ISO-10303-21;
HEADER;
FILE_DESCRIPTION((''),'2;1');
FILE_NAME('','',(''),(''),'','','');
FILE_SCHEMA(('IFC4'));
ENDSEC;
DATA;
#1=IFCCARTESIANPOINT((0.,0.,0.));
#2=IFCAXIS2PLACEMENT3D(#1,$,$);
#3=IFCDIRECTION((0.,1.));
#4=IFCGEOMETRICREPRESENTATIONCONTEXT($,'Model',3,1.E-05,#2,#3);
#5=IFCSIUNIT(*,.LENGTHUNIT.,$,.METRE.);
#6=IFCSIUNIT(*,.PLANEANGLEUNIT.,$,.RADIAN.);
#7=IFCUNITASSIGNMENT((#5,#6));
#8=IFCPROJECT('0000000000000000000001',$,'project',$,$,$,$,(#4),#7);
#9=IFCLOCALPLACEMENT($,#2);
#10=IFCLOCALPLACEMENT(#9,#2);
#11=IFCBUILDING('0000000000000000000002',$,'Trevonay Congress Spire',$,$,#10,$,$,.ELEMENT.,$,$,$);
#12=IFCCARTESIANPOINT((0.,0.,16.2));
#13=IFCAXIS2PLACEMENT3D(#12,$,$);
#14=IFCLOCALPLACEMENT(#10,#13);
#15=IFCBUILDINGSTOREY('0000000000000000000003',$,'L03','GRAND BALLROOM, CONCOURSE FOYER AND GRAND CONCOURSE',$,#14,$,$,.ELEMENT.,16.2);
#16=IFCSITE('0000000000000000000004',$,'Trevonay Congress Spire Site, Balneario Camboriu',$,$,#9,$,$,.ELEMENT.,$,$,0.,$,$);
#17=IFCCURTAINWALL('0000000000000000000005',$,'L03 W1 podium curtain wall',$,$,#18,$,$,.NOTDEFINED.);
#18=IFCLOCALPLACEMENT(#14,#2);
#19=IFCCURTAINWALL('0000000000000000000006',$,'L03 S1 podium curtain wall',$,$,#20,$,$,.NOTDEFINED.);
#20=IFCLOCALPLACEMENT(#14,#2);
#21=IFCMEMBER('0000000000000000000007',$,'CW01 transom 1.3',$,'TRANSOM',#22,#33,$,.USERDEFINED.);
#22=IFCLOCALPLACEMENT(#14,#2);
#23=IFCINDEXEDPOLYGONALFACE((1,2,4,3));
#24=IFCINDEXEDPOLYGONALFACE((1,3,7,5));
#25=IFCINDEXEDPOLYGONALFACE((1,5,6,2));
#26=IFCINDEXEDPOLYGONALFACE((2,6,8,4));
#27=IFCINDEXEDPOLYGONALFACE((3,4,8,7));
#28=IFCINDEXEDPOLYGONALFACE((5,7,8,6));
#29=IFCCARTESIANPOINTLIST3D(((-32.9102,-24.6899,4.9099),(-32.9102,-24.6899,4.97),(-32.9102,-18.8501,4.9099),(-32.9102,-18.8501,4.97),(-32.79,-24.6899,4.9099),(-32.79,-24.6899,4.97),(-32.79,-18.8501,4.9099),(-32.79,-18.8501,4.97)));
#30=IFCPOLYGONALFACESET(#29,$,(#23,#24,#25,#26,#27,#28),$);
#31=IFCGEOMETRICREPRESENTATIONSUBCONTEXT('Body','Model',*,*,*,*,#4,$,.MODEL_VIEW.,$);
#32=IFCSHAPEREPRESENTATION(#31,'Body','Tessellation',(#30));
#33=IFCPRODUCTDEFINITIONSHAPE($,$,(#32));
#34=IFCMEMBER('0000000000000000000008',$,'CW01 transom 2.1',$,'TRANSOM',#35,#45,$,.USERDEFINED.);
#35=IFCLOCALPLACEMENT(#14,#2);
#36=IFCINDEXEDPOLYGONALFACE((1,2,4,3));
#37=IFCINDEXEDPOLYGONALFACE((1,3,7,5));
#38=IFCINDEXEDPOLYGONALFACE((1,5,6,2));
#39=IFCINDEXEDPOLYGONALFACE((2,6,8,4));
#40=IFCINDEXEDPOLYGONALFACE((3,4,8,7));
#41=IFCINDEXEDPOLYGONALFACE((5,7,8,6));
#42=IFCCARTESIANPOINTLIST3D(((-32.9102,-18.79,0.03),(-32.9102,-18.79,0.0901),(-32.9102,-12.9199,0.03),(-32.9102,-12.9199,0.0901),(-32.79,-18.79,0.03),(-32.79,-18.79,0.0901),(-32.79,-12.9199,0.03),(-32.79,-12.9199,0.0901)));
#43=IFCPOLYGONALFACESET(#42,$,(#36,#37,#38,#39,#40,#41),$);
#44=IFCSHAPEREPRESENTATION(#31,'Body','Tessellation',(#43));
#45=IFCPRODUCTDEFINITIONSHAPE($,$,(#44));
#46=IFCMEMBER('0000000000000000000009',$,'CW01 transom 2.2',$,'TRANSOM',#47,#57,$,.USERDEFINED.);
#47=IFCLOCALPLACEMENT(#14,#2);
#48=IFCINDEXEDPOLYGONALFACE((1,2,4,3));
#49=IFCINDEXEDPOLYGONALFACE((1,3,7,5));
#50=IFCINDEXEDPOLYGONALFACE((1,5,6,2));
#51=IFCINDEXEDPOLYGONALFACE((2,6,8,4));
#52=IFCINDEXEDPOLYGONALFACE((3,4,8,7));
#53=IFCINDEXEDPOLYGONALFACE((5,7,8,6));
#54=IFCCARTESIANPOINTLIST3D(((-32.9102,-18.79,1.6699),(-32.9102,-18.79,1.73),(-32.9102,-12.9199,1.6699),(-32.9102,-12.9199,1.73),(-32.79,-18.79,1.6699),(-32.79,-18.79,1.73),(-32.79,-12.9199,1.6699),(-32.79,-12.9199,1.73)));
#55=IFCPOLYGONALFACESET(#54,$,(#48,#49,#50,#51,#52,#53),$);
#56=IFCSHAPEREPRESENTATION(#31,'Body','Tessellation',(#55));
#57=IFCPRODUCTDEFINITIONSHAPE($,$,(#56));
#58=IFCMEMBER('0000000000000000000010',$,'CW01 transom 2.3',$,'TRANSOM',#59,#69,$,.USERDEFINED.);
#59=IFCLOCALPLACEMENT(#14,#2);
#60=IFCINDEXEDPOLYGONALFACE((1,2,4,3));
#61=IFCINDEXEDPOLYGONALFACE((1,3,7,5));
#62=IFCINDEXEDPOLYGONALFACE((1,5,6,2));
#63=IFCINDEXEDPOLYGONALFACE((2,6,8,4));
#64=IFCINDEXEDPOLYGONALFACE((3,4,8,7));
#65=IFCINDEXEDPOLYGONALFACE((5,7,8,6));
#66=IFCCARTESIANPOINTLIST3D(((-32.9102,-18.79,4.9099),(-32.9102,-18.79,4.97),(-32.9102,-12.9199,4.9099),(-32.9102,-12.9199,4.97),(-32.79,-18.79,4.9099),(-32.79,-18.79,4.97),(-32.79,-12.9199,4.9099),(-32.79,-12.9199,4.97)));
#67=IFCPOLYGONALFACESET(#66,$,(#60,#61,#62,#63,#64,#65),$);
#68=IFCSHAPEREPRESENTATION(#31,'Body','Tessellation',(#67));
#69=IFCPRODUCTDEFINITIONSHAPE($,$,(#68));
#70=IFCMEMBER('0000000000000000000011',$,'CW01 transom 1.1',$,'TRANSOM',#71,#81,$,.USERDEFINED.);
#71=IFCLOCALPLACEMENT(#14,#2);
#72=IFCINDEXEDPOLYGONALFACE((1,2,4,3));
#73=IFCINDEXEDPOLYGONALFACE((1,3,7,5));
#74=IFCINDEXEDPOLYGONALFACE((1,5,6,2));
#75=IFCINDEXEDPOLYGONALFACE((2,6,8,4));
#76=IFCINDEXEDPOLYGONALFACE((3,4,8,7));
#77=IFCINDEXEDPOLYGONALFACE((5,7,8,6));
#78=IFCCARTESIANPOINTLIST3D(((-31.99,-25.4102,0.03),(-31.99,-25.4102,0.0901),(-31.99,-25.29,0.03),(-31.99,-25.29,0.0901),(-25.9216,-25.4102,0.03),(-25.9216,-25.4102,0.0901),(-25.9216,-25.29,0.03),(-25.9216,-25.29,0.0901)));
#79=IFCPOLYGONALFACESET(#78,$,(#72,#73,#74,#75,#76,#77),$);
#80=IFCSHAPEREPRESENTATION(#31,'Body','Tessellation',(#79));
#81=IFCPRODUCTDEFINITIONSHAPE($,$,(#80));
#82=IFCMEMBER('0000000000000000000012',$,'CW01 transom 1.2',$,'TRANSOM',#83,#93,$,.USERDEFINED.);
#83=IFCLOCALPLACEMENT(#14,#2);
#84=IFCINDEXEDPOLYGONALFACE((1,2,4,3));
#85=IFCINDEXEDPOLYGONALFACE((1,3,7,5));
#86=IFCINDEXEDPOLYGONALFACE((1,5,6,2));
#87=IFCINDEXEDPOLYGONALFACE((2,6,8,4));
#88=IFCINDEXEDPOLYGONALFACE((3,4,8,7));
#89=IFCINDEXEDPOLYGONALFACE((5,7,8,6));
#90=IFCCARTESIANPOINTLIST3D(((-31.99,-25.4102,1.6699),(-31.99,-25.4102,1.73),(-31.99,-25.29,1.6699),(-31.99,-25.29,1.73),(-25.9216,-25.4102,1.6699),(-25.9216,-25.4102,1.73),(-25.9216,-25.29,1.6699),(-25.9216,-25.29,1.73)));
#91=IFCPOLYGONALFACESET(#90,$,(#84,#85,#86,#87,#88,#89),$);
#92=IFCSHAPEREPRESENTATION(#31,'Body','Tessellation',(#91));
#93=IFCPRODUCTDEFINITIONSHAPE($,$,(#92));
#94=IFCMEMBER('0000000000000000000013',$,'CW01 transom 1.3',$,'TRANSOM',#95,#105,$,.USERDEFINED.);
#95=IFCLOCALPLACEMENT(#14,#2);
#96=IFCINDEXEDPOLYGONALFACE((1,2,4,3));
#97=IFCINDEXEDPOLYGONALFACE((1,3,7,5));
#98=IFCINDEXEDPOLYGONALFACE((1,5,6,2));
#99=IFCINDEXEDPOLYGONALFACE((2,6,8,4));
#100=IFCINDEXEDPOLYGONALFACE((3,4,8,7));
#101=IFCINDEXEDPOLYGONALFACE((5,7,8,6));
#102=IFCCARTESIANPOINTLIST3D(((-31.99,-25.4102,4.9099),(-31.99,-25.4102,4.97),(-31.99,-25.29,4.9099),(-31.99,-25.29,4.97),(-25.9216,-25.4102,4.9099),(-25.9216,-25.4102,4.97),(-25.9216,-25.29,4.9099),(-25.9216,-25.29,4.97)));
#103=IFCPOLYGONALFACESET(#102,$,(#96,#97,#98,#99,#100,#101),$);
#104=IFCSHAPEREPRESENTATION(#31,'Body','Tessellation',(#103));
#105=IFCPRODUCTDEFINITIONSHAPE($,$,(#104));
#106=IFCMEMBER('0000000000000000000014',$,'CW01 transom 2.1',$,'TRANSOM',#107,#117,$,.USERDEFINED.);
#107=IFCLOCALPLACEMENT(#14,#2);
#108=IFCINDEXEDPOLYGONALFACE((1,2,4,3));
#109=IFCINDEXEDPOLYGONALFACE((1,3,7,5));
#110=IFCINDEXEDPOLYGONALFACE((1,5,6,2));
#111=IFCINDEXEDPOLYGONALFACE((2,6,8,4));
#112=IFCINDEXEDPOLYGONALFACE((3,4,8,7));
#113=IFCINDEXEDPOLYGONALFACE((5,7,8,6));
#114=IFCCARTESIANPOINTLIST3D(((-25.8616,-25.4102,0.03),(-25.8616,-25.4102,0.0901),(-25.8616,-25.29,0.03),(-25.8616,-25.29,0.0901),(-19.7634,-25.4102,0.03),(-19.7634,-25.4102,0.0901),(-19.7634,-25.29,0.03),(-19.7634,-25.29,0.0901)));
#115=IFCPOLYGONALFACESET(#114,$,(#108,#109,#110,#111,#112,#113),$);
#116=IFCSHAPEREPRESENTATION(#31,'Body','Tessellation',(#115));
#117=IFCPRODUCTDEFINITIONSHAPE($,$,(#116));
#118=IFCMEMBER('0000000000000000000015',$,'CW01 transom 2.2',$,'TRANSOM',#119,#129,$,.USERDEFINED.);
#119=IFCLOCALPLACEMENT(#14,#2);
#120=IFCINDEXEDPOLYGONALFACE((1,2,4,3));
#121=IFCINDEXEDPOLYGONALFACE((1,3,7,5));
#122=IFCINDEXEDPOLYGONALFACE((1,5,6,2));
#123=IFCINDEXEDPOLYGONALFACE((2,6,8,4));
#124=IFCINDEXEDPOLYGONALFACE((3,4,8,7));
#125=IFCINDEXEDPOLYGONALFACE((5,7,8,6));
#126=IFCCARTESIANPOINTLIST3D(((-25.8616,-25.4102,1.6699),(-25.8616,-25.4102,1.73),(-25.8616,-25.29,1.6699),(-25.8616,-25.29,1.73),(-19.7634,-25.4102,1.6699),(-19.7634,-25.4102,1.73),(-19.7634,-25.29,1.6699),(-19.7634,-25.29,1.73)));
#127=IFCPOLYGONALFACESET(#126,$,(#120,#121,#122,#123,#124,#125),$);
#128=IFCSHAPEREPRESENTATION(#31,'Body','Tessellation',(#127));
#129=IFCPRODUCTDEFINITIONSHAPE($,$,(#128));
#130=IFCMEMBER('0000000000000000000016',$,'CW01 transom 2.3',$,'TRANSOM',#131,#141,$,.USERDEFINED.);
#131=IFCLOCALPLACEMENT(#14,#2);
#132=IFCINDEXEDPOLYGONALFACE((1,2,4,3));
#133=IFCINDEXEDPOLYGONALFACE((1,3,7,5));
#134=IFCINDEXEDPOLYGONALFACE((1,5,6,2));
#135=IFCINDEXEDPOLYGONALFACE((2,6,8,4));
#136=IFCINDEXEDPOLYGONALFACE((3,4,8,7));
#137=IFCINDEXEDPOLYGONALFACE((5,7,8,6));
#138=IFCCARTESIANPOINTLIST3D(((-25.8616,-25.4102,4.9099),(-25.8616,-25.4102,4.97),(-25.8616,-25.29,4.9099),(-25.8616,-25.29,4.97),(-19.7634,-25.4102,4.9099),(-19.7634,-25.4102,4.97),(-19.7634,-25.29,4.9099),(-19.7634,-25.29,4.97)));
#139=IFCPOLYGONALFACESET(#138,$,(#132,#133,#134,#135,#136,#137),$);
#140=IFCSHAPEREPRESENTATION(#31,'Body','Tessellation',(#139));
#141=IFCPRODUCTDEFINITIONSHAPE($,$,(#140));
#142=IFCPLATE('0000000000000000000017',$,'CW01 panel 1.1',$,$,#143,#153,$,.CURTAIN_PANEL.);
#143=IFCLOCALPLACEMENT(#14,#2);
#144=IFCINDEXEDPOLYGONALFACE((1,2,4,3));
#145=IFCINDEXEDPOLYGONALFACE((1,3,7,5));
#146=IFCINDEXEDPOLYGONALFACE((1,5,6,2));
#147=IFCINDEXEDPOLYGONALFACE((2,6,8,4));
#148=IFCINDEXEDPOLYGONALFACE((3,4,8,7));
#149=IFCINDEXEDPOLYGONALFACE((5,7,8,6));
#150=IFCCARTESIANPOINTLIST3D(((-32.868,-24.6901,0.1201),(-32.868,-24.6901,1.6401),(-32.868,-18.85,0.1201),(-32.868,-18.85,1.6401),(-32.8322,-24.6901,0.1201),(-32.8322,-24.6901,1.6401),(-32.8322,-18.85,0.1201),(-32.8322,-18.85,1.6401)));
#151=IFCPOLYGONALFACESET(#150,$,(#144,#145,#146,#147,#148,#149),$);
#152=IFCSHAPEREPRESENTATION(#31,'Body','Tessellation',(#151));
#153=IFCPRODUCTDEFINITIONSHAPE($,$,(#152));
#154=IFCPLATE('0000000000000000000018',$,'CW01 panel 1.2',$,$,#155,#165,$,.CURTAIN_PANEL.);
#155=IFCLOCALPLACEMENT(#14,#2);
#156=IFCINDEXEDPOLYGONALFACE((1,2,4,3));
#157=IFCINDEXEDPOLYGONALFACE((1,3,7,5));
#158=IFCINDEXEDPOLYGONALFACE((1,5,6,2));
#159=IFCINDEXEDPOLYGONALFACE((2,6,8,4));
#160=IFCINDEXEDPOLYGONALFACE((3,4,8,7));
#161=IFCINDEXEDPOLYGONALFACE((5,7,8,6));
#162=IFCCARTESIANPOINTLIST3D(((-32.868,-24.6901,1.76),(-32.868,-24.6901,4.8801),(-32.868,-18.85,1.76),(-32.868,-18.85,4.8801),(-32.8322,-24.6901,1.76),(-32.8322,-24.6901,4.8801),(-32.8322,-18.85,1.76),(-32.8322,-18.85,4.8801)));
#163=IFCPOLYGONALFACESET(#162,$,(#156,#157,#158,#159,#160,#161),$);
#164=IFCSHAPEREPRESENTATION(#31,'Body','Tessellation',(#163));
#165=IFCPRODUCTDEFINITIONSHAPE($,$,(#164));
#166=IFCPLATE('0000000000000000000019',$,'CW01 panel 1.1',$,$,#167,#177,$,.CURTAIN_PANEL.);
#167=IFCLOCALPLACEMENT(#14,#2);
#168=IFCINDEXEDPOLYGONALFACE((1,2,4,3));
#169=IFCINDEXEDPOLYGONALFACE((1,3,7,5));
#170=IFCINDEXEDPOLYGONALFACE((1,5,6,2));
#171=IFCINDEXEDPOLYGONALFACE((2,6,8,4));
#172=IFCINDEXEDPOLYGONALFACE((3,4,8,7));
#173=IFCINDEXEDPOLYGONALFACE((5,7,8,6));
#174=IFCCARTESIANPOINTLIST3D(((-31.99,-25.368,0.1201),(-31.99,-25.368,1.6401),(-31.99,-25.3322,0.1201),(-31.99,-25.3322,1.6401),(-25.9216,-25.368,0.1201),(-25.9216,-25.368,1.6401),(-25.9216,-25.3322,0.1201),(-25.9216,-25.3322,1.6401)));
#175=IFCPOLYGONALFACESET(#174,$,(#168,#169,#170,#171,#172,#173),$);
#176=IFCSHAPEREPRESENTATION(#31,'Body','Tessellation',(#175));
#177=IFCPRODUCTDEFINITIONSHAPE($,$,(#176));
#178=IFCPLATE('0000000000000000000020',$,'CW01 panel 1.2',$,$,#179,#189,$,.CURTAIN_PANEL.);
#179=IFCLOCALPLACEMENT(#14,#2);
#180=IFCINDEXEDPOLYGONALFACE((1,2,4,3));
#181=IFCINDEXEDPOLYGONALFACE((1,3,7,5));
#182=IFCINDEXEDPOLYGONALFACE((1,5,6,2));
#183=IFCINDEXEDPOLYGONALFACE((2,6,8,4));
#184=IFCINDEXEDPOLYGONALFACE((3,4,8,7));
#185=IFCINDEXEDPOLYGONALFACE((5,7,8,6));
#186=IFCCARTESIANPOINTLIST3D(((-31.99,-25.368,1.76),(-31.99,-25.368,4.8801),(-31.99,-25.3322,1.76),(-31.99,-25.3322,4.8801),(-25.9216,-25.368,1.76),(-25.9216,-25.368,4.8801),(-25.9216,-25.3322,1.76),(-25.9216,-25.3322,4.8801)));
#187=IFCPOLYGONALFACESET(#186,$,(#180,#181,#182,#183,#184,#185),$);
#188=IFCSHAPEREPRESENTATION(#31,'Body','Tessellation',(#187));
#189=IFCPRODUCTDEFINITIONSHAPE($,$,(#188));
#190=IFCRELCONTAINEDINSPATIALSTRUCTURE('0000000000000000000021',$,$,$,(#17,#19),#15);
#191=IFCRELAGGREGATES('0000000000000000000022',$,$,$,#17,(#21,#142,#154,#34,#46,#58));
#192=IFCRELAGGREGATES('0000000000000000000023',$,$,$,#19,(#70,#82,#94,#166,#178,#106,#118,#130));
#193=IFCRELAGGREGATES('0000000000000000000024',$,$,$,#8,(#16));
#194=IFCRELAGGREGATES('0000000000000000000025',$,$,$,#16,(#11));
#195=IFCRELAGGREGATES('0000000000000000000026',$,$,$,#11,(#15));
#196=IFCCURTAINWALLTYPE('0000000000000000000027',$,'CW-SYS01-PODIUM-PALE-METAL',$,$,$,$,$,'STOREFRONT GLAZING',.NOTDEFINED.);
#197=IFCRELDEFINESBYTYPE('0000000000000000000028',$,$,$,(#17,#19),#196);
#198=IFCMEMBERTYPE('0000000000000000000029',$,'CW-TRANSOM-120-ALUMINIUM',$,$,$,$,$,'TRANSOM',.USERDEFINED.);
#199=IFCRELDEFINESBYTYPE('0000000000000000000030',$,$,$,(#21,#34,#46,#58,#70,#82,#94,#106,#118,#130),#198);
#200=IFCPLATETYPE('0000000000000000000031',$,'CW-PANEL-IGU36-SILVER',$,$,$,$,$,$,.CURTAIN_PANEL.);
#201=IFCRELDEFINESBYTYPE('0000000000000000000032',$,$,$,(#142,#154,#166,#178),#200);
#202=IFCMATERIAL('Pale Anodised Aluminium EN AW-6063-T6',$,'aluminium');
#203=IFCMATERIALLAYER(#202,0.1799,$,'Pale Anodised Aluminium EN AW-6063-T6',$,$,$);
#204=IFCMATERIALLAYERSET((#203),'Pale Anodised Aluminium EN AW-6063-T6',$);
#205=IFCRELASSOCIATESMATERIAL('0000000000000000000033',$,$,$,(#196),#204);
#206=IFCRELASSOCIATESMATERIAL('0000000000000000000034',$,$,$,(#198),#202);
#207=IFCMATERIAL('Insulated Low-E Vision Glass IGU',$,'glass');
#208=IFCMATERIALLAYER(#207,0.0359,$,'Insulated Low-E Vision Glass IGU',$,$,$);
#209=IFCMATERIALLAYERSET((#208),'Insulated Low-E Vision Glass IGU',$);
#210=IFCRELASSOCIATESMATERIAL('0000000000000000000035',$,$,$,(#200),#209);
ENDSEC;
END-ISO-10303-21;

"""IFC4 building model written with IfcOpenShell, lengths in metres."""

from ifc_helpers import new_model, si_unit, direction, frame, origin, origin_2d, place, context, subcontext, project, spatial, rectangle, extrude, material, layer, layer_set, material_profile, profile_set, type_object, element, aggregate, save


model = new_model("IFC4")

# Units and contexts
model_context = context("Model", 3, precision=1e-05, world=origin(), true_north=direction((0.0, 1.0)))
body_context = subcontext(model_context, "Body", "Model", "MODEL_VIEW")
ifc_project = project(units=[si_unit("LENGTHUNIT", "METRE"), si_unit("PLANEANGLEUNIT", "RADIAN")], contexts=[model_context])

# Site, building, storey
site_placement = place(None, origin())
site = spatial("IfcSite", under=ifc_project, at=site_placement, Name="Trevonay Congress Spire Site, Balneario Camboriu", CompositionType="ELEMENT", RefElevation=0.0)
building_placement = place(site_placement, origin())
building = spatial("IfcBuilding", under=site, at=building_placement, Name="Trevonay Congress Spire", CompositionType="ELEMENT")
storey_placement = place(building_placement, frame((0.0, 0.0, 16.2)))
storey = spatial("IfcBuildingStorey", under=building, at=storey_placement, Name="L03", Description="GRAND BALLROOM, CONCOURSE FOYER AND GRAND CONCOURSE", CompositionType="ELEMENT", Elevation=16.2)

# Curtain walls
ifc_material_1 = material(Name="Pale Anodised Aluminium EN AW-6063-T6", Category="aluminium")
ifc_layer_1 = layer(ifc_material_1, 0.1799, Name="Pale Anodised Aluminium EN AW-6063-T6")
ifc_layer_set_1 = layer_set([ifc_layer_1], Name="Pale Anodised Aluminium EN AW-6063-T6")
curtain_wall_type = type_object("IfcCurtainWallType", Name="CW-SYS01-PODIUM-PALE-METAL", ElementType="STOREFRONT GLAZING", PredefinedType="NOTDEFINED", material=ifc_layer_set_1)
curtain_wall_1_placement = place(storey_placement, origin())
curtain_wall_1 = element("IfcCurtainWall", 1, at=curtain_wall_1_placement, inside=storey, type_object=curtain_wall_type, Name="L03 W1 podium curtain wall", PredefinedType="NOTDEFINED")
curtain_wall_2_placement = place(storey_placement, origin())
curtain_wall_2 = element("IfcCurtainWall", 2, at=curtain_wall_2_placement, inside=storey, type_object=curtain_wall_type, Name="L03 S1 podium curtain wall", PredefinedType="NOTDEFINED")

# Members
ifc_material_profile_1 = material_profile(ifc_material_1, rectangle(XDim=0.1201, YDim=0.0601, at=origin_2d()), Name="CW-TRANSOM-120-ALUMINIUM")
ifc_profile_set_1 = profile_set([ifc_material_profile_1], Name="Pale Anodised Aluminium EN AW-6063-T6")
member_type_1 = type_object("IfcMemberType", Name="CW-TRANSOM-120-ALUMINIUM", ElementType="TRANSOM", PredefinedType="USERDEFINED", material=ifc_profile_set_1)
member_1_placement = place(storey_placement, frame((-32.8501, -24.6899, 4.9399), z_axis=(0.0, 1.0, 0.0), x_axis=(-1.0, 0.0, 0.0)))
member_1 = element("IfcMember", 3, at=member_1_placement, type_object=member_type_1, Name="CW01 transom 1.3", ObjectType="TRANSOM", PredefinedType="USERDEFINED", context=body_context, shape_type="SweptSolid", body=[
    extrude(rectangle(XDim=0.1201, YDim=0.0601, at=origin_2d()), origin(), (0.0, 0.0, 1.0), 5.8398),
])
member_2_placement = place(storey_placement, frame((-32.8501, -18.79, 0.0601), z_axis=(0.0, 1.0, 0.0), x_axis=(-1.0, 0.0, 0.0)))
member_2 = element("IfcMember", 4, at=member_2_placement, type_object=member_type_1, Name="CW01 transom 2.1", ObjectType="TRANSOM", PredefinedType="USERDEFINED", context=body_context, shape_type="SweptSolid", body=[
    extrude(rectangle(XDim=0.1201, YDim=0.0601, at=origin_2d()), origin(), (0.0, 0.0, 1.0), 5.8701),
])
member_3_placement = place(storey_placement, frame((-32.8501, -18.79, 1.7), z_axis=(0.0, 1.0, 0.0), x_axis=(-1.0, 0.0, 0.0)))
member_3 = element("IfcMember", 5, at=member_3_placement, type_object=member_type_1, Name="CW01 transom 2.2", ObjectType="TRANSOM", PredefinedType="USERDEFINED", context=body_context, shape_type="SweptSolid", body=[
    extrude(rectangle(XDim=0.1201, YDim=0.0601, at=origin_2d()), origin(), (0.0, 0.0, 1.0), 5.8701),
])
member_4_placement = place(storey_placement, frame((-32.8501, -18.79, 4.9399), z_axis=(0.0, 1.0, 0.0), x_axis=(-1.0, 0.0, 0.0)))
member_4 = element("IfcMember", 6, at=member_4_placement, type_object=member_type_1, Name="CW01 transom 2.3", ObjectType="TRANSOM", PredefinedType="USERDEFINED", context=body_context, shape_type="SweptSolid", body=[
    extrude(rectangle(XDim=0.1201, YDim=0.0601, at=origin_2d()), origin(), (0.0, 0.0, 1.0), 5.8701),
])
member_5_placement = place(storey_placement, frame((-31.99, -25.3501, 0.0601), z_axis=(1.0, 0.0, 0.0), x_axis=(0.0, 1.0, 0.0)))
member_5 = element("IfcMember", 7, at=member_5_placement, type_object=member_type_1, Name="CW01 transom 1.1", ObjectType="TRANSOM", PredefinedType="USERDEFINED", context=body_context, shape_type="SweptSolid", body=[
    extrude(rectangle(XDim=0.1201, YDim=0.0601, at=origin_2d()), origin(), (0.0, 0.0, 1.0), 6.0684),
])
member_6_placement = place(storey_placement, frame((-31.99, -25.3501, 1.7), z_axis=(1.0, 0.0, 0.0), x_axis=(0.0, 1.0, 0.0)))
member_6 = element("IfcMember", 8, at=member_6_placement, type_object=member_type_1, Name="CW01 transom 1.2", ObjectType="TRANSOM", PredefinedType="USERDEFINED", context=body_context, shape_type="SweptSolid", body=[
    extrude(rectangle(XDim=0.1201, YDim=0.0601, at=origin_2d()), origin(), (0.0, 0.0, 1.0), 6.0684),
])
member_7_placement = place(storey_placement, frame((-31.99, -25.3501, 4.9399), z_axis=(1.0, 0.0, 0.0), x_axis=(0.0, 1.0, 0.0)))
member_7 = element("IfcMember", 9, at=member_7_placement, type_object=member_type_1, Name="CW01 transom 1.3", ObjectType="TRANSOM", PredefinedType="USERDEFINED", context=body_context, shape_type="SweptSolid", body=[
    extrude(rectangle(XDim=0.1201, YDim=0.0601, at=origin_2d()), origin(), (0.0, 0.0, 1.0), 6.0684),
])
member_8_placement = place(storey_placement, frame((-25.8616, -25.3501, 0.0601), z_axis=(1.0, 0.0, 0.0), x_axis=(0.0, 1.0, 0.0)))
member_8 = element("IfcMember", 10, at=member_8_placement, type_object=member_type_1, Name="CW01 transom 2.1", ObjectType="TRANSOM", PredefinedType="USERDEFINED", context=body_context, shape_type="SweptSolid", body=[
    extrude(rectangle(XDim=0.1201, YDim=0.0601, at=origin_2d()), origin(), (0.0, 0.0, 1.0), 6.0981),
])
member_9_placement = place(storey_placement, frame((-25.8616, -25.3501, 1.7), z_axis=(1.0, 0.0, 0.0), x_axis=(0.0, 1.0, 0.0)))
member_9 = element("IfcMember", 11, at=member_9_placement, type_object=member_type_1, Name="CW01 transom 2.2", ObjectType="TRANSOM", PredefinedType="USERDEFINED", context=body_context, shape_type="SweptSolid", body=[
    extrude(rectangle(XDim=0.1201, YDim=0.0601, at=origin_2d()), origin(), (0.0, 0.0, 1.0), 6.0981),
])
member_10_placement = place(storey_placement, frame((-25.8616, -25.3501, 4.9399), z_axis=(1.0, 0.0, 0.0), x_axis=(0.0, 1.0, 0.0)))
member_10 = element("IfcMember", 12, at=member_10_placement, type_object=member_type_1, Name="CW01 transom 2.3", ObjectType="TRANSOM", PredefinedType="USERDEFINED", context=body_context, shape_type="SweptSolid", body=[
    extrude(rectangle(XDim=0.1201, YDim=0.0601, at=origin_2d()), origin(), (0.0, 0.0, 1.0), 6.0981),
])

# Plates
ifc_material_2 = material(Name="Insulated Low-E Vision Glass IGU", Category="glass")
ifc_layer_2 = layer(ifc_material_2, 0.0359, Name="Insulated Low-E Vision Glass IGU")
ifc_layer_set_2 = layer_set([ifc_layer_2], Name="Insulated Low-E Vision Glass IGU")
plate_type = type_object("IfcPlateType", Name="CW-PANEL-IGU36-SILVER", PredefinedType="CURTAIN_PANEL", material=ifc_layer_set_2)
plate_1_placement = place(storey_placement, frame((-32.8501, -21.77, 0.1201), z_axis=(0.0, 0.0, 1.0), x_axis=(0.0, 1.0, 0.0)))
plate_1 = element("IfcPlate", 13, at=plate_1_placement, type_object=plate_type, Name="CW01 panel 1.1", PredefinedType="CURTAIN_PANEL", context=body_context, shape_type="SweptSolid", body=[
    extrude(rectangle(XDim=5.8401, YDim=0.0359, at=origin_2d()), origin(), (0.0, 0.0, 1.0), 1.52),
])
plate_2_placement = place(storey_placement, frame((-32.8501, -21.77, 1.76), z_axis=(0.0, 0.0, 1.0), x_axis=(0.0, 1.0, 0.0)))
plate_2 = element("IfcPlate", 14, at=plate_2_placement, type_object=plate_type, Name="CW01 panel 1.2", PredefinedType="CURTAIN_PANEL", context=body_context, shape_type="SweptSolid", body=[
    extrude(rectangle(XDim=5.8401, YDim=0.0359, at=origin_2d()), origin(), (0.0, 0.0, 1.0), 3.1201),
])
aggregate(curtain_wall_1, [member_1, plate_1, plate_2, member_2, member_3, member_4])
plate_3_placement = place(storey_placement, frame((-28.9558, -25.3501, 0.1201), z_axis=(0.0, 0.0, 1.0), x_axis=(1.0, 0.0, 0.0)))
plate_3 = element("IfcPlate", 15, at=plate_3_placement, type_object=plate_type, Name="CW01 panel 1.1", PredefinedType="CURTAIN_PANEL", context=body_context, shape_type="SweptSolid", body=[
    extrude(rectangle(XDim=6.0684, YDim=0.0359, at=origin_2d()), origin(), (0.0, 0.0, 1.0), 1.52),
])
plate_4_placement = place(storey_placement, frame((-28.9558, -25.3501, 1.76), z_axis=(0.0, 0.0, 1.0), x_axis=(1.0, 0.0, 0.0)))
plate_4 = element("IfcPlate", 16, at=plate_4_placement, type_object=plate_type, Name="CW01 panel 1.2", PredefinedType="CURTAIN_PANEL", context=body_context, shape_type="SweptSolid", body=[
    extrude(rectangle(XDim=6.0684, YDim=0.0359, at=origin_2d()), origin(), (0.0, 0.0, 1.0), 3.1201),
])
aggregate(curtain_wall_2, [member_5, member_6, member_7, plate_3, plate_4, member_8, member_9, member_10])

save(model, "model.ifc")
